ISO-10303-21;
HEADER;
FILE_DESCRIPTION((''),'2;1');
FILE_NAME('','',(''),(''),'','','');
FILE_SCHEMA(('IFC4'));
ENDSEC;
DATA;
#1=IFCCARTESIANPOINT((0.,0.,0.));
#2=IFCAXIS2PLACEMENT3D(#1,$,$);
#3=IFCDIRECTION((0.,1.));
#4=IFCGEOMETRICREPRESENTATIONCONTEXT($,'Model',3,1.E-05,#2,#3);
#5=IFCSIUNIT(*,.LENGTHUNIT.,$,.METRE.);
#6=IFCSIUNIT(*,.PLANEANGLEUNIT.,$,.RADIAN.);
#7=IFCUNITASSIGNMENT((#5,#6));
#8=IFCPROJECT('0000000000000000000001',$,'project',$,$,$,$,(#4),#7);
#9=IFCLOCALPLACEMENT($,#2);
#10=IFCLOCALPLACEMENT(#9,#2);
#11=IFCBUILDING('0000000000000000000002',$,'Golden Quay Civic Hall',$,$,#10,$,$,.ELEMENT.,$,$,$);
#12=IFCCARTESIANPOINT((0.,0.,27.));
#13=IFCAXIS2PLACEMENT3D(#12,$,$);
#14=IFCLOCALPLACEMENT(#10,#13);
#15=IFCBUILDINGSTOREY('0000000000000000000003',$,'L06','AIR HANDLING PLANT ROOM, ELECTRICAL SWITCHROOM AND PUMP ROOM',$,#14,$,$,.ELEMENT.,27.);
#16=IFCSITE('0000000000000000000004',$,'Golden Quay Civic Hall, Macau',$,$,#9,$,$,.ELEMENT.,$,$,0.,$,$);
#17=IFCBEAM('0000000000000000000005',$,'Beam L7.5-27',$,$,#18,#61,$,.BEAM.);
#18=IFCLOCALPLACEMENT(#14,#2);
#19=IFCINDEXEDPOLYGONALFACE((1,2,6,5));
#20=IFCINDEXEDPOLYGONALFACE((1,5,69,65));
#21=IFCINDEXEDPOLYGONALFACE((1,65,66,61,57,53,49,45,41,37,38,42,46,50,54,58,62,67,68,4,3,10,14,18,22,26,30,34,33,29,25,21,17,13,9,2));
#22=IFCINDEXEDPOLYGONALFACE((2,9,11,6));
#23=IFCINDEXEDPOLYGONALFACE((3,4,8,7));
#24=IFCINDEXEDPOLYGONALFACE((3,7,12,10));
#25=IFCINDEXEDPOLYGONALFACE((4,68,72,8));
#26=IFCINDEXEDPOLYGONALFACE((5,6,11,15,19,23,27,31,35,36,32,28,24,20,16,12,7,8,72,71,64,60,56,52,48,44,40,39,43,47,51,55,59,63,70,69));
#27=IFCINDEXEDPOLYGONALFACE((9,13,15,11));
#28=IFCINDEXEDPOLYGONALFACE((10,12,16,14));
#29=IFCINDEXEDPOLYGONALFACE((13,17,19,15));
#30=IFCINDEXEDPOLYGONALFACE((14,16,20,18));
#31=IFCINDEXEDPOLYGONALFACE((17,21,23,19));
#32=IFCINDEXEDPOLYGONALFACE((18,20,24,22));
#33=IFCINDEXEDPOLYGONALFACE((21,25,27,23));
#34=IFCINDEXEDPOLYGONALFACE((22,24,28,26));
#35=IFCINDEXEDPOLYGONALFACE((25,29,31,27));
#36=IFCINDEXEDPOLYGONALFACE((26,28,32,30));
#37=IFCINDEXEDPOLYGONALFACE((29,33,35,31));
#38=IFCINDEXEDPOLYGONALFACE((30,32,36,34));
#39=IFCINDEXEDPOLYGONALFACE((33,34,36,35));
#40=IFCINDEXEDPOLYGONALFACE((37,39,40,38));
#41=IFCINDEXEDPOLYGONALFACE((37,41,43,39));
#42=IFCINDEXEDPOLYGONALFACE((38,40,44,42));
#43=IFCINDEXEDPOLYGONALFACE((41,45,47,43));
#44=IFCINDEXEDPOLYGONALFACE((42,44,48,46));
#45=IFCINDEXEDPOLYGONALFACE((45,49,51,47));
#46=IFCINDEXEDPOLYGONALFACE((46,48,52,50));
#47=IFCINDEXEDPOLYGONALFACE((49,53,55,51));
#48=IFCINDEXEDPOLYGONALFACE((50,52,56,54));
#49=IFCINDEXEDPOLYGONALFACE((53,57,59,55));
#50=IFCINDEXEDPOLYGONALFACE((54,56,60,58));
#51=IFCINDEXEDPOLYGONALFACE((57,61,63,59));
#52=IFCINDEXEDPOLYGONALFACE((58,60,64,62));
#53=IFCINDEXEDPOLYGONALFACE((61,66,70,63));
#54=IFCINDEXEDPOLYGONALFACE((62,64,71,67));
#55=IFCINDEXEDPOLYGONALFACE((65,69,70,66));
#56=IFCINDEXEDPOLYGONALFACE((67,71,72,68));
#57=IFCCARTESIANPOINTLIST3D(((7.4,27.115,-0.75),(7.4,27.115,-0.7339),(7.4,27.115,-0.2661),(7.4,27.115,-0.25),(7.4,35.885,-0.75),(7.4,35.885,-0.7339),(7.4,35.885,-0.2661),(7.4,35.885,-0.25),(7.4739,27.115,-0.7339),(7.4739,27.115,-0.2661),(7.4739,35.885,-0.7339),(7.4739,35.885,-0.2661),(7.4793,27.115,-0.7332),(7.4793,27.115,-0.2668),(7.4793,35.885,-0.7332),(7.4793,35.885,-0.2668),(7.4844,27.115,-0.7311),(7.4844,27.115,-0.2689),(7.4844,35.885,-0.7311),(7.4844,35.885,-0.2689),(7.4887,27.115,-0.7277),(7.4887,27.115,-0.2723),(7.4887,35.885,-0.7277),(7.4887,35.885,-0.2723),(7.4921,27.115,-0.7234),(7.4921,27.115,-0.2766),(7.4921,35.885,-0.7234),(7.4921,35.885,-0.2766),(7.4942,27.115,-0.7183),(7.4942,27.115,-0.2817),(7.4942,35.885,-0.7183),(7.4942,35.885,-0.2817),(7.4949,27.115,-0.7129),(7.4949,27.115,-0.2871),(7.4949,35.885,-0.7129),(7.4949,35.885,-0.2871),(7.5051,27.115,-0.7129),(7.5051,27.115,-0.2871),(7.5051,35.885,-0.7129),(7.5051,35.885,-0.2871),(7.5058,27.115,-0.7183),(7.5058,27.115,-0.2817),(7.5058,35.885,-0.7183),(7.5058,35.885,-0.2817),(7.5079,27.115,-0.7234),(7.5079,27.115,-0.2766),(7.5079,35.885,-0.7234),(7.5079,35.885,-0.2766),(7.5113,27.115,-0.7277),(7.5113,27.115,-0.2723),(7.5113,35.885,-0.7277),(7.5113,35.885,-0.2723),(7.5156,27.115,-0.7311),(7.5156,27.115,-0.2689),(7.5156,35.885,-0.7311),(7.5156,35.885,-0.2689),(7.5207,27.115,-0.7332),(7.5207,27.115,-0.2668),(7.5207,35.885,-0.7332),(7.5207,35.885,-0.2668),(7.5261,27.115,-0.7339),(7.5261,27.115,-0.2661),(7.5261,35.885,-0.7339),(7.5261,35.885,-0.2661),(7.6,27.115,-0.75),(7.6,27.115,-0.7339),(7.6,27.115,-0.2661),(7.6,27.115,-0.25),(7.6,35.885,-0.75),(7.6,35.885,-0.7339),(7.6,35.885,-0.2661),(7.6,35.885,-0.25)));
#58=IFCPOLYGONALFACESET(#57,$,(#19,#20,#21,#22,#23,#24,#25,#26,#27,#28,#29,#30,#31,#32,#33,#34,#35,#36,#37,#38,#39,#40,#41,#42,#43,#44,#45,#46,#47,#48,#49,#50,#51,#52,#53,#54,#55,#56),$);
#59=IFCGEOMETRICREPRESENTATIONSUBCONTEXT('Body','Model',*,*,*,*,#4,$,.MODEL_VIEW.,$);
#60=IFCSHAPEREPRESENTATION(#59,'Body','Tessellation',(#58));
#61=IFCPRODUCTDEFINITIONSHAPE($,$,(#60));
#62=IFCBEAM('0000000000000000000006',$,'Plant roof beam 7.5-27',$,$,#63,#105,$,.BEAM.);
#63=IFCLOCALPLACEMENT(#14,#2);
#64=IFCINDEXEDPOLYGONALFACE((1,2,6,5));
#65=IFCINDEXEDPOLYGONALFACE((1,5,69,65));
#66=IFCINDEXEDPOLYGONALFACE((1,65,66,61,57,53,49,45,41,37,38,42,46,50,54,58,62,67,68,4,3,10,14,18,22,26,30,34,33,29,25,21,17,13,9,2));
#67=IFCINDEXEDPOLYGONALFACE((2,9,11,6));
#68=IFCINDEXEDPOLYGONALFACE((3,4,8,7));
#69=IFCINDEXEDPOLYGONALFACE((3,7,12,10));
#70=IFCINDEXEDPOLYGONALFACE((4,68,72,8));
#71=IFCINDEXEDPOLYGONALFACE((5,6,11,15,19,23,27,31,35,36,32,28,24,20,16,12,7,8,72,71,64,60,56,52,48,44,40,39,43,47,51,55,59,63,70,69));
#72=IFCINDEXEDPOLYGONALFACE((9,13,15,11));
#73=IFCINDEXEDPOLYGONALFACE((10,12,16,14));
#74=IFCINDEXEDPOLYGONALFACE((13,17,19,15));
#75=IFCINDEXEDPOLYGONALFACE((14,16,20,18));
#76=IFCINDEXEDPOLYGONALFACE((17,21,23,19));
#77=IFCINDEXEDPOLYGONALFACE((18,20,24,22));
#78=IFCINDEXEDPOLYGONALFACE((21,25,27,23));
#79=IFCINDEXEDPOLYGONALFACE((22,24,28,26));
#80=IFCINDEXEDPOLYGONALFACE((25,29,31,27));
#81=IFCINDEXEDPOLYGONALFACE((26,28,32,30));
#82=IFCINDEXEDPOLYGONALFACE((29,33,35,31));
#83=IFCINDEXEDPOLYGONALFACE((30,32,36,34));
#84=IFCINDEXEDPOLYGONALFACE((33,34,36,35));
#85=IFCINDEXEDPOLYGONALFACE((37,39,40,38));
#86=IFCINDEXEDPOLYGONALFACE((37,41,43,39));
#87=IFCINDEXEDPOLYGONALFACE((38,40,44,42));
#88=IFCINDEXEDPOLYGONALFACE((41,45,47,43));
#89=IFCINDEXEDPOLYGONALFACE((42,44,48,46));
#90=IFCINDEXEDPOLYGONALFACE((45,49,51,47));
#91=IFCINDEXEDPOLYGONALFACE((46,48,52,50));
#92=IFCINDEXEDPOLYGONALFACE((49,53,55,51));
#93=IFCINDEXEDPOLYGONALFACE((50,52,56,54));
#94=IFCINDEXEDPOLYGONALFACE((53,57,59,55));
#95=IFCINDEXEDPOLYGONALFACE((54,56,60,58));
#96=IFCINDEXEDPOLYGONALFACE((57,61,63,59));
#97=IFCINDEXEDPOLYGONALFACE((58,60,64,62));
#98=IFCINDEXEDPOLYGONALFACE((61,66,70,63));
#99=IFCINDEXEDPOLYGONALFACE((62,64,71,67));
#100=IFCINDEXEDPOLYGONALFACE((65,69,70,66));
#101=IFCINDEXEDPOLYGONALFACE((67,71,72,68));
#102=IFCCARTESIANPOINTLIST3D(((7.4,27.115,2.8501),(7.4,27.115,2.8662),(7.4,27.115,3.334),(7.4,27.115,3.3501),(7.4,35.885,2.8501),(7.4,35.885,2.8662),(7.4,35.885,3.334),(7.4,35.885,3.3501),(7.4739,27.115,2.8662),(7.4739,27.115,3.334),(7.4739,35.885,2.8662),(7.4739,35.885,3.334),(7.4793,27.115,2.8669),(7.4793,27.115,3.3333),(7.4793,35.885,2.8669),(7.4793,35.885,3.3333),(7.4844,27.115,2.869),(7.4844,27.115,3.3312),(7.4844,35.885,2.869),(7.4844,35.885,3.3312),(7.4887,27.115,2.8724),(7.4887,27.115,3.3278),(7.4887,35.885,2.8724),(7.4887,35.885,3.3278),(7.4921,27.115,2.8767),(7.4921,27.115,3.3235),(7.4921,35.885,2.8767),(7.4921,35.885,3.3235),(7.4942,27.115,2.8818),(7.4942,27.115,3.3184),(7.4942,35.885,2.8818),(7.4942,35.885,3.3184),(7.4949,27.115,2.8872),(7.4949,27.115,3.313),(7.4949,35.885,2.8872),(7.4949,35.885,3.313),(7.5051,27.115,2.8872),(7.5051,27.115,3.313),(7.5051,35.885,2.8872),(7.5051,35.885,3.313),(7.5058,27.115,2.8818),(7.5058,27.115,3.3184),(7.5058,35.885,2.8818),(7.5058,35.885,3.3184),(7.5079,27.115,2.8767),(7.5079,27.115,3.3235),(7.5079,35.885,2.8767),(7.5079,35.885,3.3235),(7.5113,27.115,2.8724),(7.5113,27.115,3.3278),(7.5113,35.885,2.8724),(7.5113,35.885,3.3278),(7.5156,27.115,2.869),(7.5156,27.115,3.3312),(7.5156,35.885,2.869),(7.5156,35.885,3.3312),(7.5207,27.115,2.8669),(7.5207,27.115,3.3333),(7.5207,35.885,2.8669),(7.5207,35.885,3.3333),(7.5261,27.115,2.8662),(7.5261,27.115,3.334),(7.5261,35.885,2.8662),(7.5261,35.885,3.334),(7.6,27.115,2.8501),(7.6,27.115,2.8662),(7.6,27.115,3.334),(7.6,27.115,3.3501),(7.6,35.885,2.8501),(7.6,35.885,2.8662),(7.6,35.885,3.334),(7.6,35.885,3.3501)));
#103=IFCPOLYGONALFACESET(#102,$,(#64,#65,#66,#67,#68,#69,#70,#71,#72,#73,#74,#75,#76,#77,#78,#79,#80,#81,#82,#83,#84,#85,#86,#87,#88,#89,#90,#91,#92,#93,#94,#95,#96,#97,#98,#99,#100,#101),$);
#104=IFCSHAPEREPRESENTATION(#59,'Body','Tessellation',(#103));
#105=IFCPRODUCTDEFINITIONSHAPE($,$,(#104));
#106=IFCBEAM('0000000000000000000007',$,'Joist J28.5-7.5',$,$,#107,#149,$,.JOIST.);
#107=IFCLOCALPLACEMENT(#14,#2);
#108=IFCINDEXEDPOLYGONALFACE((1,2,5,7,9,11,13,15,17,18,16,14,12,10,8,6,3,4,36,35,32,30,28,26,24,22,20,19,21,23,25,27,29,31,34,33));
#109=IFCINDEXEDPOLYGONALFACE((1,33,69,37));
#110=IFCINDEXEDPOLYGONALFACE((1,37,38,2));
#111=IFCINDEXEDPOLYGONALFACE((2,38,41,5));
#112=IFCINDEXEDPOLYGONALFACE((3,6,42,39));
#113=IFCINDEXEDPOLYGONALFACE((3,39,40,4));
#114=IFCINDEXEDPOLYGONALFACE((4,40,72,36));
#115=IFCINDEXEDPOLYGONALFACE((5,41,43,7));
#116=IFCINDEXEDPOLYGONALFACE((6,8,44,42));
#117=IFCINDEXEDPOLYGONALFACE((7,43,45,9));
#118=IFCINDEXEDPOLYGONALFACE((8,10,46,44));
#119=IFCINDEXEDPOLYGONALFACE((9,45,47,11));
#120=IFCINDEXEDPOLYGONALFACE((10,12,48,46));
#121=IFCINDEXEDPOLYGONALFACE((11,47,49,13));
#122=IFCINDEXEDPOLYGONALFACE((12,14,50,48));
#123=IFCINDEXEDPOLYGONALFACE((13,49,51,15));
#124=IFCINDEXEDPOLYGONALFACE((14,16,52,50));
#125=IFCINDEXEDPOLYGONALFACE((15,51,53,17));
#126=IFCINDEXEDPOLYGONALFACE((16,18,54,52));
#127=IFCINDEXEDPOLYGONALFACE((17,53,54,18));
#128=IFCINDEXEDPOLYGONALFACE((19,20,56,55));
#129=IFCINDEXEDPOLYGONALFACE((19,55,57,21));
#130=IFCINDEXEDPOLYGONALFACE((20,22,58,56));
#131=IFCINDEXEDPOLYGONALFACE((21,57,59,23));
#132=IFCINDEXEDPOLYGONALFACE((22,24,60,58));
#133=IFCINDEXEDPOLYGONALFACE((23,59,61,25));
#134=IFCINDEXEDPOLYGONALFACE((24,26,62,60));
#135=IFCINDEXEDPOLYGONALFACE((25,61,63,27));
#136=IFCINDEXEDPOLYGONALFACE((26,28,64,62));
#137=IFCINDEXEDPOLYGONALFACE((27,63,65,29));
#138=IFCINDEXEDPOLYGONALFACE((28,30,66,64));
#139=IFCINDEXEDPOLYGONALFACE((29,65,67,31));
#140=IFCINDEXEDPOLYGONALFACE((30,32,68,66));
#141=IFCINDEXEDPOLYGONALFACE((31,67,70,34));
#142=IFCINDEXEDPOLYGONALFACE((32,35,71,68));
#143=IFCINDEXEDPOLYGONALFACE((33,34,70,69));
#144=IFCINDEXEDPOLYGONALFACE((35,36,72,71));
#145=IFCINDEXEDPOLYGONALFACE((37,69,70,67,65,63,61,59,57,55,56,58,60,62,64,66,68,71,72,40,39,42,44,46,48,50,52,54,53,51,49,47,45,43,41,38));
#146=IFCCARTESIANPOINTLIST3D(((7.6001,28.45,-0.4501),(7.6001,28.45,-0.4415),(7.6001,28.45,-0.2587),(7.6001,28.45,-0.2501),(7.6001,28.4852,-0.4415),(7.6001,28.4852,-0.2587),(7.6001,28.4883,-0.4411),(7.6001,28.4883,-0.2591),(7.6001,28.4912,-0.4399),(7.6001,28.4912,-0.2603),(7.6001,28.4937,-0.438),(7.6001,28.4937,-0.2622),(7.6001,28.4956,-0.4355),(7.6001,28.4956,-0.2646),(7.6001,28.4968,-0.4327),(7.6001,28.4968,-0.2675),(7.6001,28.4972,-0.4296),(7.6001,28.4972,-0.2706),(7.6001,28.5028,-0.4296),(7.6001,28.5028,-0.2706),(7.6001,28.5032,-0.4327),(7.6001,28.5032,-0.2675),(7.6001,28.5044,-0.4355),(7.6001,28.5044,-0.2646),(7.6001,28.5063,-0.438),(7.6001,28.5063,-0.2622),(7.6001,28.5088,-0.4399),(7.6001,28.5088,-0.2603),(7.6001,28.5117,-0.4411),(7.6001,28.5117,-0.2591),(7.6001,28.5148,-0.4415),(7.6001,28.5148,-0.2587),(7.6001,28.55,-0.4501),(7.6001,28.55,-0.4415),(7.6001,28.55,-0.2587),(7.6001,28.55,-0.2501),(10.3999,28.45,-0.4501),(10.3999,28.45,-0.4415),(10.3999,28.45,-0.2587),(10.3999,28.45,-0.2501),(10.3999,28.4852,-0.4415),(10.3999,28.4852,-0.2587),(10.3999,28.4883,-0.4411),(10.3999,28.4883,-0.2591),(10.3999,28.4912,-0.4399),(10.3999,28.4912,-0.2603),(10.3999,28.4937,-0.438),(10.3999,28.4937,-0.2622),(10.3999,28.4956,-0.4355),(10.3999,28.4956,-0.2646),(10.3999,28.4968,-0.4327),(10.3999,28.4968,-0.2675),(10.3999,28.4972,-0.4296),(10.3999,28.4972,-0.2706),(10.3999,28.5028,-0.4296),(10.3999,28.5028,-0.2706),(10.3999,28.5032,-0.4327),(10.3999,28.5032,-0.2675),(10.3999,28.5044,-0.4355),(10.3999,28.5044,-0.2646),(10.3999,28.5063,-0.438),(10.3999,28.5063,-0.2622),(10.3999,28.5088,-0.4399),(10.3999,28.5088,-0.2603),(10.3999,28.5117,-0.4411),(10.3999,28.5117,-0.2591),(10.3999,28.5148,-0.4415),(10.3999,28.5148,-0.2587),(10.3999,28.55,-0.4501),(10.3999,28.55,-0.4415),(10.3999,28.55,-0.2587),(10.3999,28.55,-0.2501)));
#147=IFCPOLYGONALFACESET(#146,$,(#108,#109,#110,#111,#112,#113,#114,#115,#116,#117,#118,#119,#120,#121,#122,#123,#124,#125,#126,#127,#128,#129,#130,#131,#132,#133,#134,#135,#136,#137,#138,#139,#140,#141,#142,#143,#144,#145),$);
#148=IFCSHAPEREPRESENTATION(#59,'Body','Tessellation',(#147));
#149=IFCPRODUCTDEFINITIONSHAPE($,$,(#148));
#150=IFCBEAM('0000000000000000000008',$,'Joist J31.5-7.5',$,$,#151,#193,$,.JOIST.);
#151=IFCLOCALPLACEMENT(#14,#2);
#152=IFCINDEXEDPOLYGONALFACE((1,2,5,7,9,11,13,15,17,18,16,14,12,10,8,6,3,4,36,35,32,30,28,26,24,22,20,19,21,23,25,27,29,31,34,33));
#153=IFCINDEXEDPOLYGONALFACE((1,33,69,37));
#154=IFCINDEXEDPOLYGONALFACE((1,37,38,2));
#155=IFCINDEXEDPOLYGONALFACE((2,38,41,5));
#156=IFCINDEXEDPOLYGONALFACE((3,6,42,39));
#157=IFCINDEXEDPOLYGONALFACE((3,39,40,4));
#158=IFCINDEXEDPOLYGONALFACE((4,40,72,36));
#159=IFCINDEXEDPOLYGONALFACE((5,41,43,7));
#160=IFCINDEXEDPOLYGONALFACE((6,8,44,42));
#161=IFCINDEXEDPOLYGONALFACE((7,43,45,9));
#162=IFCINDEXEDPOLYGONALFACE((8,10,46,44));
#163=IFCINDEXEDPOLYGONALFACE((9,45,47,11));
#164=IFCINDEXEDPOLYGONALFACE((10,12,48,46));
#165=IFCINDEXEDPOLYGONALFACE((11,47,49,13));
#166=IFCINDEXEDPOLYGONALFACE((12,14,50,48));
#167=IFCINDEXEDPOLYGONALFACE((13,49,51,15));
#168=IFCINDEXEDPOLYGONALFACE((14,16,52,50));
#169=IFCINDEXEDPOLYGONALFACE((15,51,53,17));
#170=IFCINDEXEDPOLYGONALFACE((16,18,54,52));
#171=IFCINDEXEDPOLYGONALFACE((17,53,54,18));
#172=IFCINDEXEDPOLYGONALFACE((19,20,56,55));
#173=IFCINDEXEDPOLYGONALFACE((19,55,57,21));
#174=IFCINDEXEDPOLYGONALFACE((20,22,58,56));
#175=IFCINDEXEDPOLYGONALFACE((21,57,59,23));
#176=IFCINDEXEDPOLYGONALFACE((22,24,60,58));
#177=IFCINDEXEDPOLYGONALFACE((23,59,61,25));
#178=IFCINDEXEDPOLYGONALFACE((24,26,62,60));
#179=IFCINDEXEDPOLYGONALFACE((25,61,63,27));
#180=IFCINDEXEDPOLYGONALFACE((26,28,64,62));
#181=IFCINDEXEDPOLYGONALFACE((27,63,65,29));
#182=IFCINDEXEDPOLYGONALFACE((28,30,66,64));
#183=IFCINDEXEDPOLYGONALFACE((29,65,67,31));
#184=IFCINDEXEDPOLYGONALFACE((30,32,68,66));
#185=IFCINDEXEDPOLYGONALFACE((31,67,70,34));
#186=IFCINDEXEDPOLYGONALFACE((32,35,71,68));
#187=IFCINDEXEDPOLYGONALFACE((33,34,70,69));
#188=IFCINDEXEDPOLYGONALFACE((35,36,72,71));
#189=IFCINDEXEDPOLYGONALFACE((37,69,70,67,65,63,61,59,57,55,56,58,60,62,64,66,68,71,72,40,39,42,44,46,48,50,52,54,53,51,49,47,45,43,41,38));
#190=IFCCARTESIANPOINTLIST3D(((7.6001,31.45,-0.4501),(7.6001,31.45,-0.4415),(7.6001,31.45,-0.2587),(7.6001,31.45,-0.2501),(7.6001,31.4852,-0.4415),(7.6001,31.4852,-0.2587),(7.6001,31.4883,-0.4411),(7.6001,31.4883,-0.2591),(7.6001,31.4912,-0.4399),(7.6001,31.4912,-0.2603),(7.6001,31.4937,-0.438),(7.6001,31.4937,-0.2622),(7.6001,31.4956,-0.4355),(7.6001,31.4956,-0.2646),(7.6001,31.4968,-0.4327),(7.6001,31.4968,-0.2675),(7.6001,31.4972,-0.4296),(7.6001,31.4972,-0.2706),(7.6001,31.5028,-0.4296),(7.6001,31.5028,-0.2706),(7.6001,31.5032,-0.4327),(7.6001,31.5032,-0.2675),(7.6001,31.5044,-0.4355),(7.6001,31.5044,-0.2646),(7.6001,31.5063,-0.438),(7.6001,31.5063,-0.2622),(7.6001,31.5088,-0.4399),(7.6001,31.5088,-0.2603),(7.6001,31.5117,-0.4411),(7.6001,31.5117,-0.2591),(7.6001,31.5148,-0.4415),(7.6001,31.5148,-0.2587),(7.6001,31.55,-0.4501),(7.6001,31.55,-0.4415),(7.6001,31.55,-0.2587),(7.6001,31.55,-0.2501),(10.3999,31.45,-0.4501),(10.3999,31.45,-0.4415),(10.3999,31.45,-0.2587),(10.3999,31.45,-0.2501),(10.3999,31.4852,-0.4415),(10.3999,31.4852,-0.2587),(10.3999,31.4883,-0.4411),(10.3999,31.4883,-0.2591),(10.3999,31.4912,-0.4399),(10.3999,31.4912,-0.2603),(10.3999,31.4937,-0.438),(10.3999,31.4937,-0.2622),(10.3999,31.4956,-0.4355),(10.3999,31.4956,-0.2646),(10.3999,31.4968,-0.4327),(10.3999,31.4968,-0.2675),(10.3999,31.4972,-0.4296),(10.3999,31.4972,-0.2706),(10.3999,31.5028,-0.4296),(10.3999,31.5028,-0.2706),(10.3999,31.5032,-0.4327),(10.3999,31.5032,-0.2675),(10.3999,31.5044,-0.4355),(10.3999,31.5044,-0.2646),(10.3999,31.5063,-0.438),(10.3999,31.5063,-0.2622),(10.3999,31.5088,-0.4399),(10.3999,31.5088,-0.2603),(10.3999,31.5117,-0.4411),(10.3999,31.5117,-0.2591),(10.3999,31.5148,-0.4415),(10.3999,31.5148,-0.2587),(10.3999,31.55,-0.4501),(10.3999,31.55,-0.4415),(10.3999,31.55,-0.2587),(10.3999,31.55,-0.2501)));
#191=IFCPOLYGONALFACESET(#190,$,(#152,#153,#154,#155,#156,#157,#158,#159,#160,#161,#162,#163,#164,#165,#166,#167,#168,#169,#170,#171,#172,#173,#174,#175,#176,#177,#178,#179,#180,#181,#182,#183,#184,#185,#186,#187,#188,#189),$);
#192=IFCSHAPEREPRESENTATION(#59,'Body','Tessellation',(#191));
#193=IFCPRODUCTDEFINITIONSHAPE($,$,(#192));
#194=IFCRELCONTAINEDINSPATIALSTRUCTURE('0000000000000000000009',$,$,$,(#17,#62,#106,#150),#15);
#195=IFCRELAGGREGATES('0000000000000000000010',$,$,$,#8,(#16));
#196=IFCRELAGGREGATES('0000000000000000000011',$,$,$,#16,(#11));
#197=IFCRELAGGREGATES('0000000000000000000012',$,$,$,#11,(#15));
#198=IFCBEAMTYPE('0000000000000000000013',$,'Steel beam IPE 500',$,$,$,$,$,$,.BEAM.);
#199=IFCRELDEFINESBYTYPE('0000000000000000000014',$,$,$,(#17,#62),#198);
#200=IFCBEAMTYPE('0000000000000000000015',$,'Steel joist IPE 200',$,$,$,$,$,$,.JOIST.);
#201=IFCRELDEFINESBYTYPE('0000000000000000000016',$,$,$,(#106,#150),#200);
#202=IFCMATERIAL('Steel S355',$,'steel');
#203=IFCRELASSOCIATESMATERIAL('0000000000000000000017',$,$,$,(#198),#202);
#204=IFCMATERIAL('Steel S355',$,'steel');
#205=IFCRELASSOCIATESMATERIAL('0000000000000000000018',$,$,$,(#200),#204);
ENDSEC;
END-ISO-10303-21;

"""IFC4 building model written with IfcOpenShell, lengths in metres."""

from ifc_helpers import new_model, si_unit, direction, frame, origin, origin_2d, place, context, subcontext, project, spatial, i_section, extrude, material, material_profile, profile_set, type_object, element, save


model = new_model("IFC4")

# Units and contexts
model_context = context("Model", 3, precision=1e-05, world=origin(), true_north=direction((0.0, 1.0)))
body_context = subcontext(model_context, "Body", "Model", "MODEL_VIEW")
ifc_project = project(units=[si_unit("LENGTHUNIT", "METRE"), si_unit("PLANEANGLEUNIT", "RADIAN")], contexts=[model_context])

# Site, building, storey
site_placement = place(None, origin())
site = spatial("IfcSite", under=ifc_project, at=site_placement, Name="Golden Quay Civic Hall, Macau", CompositionType="ELEMENT", RefElevation=0.0)
building_placement = place(site_placement, origin())
building = spatial("IfcBuilding", under=site, at=building_placement, Name="Golden Quay Civic Hall", CompositionType="ELEMENT")
storey_placement = place(building_placement, frame((0.0, 0.0, 27.0)))
storey = spatial("IfcBuildingStorey", under=building, at=storey_placement, Name="L06", Description="AIR HANDLING PLANT ROOM, ELECTRICAL SWITCHROOM AND PUMP ROOM", CompositionType="ELEMENT", Elevation=27.0)

# Beams
ifc_material_1 = material(Name="Steel S355", Category="steel")
ifc_material_profile_1 = material_profile(ifc_material_1, i_section(OverallWidth=0.2, OverallDepth=0.5, WebThickness=0.0103, FlangeThickness=0.0161, FilletRadius=0.021, at=origin_2d()), Name="IPE 500")
ifc_profile_set_1 = profile_set([ifc_material_profile_1], Name="Steel S355")
beam_type_1 = type_object("IfcBeamType", Name="Steel beam IPE 500", PredefinedType="BEAM", material=ifc_profile_set_1)
for number, where, z_axis, x_axis, name in (
    (1, (7.5, 27.115, -0.5), (0.0, 1.0, 0.0), (-1.0, 0.0, 0.0), "Beam L7.5-27"),
    (2, (7.5, 27.115, 3.1001), (0.0, 1.0, 0.0), (-1.0, 0.0, 0.0), "Plant roof beam 7.5-27"),
):
    element("IfcBeam", number, at=place(storey_placement, frame(where, z_axis=z_axis, x_axis=x_axis)), inside=storey, type_object=beam_type_1, Name=name, PredefinedType="BEAM", context=body_context, shape_type="SweptSolid", body=[
        extrude(i_section(OverallWidth=0.2, OverallDepth=0.5, WebThickness=0.0103, FlangeThickness=0.0161, FilletRadius=0.021, at=origin_2d()), origin(), (0.0, 0.0, 1.0), 8.77),
    ])
ifc_material_2 = material(Name="Steel S355", Category="steel")
ifc_material_profile_2 = material_profile(ifc_material_2, i_section(OverallWidth=0.1001, OverallDepth=0.2, WebThickness=0.0056, FlangeThickness=0.0085, FilletRadius=0.012, at=origin_2d()), Name="IPE 200")
ifc_profile_set_2 = profile_set([ifc_material_profile_2], Name="Steel S355")
beam_type_2 = type_object("IfcBeamType", Name="Steel joist IPE 200", PredefinedType="JOIST", material=ifc_profile_set_2)
for number, where, z_axis, x_axis, name in (
    (3, (7.6001, 28.5, -0.3501), (1.0, 0.0, 0.0), (0.0, 1.0, 0.0), "Joist J28.5-7.5"),
    (4, (7.6001, 31.5, -0.3501), (1.0, 0.0, 0.0), (0.0, 1.0, 0.0), "Joist J31.5-7.5"),
):
    element("IfcBeam", number, at=place(storey_placement, frame(where, z_axis=z_axis, x_axis=x_axis)), inside=storey, type_object=beam_type_2, Name=name, PredefinedType="JOIST", context=body_context, shape_type="SweptSolid", body=[
        extrude(i_section(OverallWidth=0.1001, OverallDepth=0.2, WebThickness=0.0056, FlangeThickness=0.0085, FilletRadius=0.012, at=origin_2d()), origin(), (0.0, 0.0, 1.0), 2.7998),
    ])

save(model, "model.ifc")
